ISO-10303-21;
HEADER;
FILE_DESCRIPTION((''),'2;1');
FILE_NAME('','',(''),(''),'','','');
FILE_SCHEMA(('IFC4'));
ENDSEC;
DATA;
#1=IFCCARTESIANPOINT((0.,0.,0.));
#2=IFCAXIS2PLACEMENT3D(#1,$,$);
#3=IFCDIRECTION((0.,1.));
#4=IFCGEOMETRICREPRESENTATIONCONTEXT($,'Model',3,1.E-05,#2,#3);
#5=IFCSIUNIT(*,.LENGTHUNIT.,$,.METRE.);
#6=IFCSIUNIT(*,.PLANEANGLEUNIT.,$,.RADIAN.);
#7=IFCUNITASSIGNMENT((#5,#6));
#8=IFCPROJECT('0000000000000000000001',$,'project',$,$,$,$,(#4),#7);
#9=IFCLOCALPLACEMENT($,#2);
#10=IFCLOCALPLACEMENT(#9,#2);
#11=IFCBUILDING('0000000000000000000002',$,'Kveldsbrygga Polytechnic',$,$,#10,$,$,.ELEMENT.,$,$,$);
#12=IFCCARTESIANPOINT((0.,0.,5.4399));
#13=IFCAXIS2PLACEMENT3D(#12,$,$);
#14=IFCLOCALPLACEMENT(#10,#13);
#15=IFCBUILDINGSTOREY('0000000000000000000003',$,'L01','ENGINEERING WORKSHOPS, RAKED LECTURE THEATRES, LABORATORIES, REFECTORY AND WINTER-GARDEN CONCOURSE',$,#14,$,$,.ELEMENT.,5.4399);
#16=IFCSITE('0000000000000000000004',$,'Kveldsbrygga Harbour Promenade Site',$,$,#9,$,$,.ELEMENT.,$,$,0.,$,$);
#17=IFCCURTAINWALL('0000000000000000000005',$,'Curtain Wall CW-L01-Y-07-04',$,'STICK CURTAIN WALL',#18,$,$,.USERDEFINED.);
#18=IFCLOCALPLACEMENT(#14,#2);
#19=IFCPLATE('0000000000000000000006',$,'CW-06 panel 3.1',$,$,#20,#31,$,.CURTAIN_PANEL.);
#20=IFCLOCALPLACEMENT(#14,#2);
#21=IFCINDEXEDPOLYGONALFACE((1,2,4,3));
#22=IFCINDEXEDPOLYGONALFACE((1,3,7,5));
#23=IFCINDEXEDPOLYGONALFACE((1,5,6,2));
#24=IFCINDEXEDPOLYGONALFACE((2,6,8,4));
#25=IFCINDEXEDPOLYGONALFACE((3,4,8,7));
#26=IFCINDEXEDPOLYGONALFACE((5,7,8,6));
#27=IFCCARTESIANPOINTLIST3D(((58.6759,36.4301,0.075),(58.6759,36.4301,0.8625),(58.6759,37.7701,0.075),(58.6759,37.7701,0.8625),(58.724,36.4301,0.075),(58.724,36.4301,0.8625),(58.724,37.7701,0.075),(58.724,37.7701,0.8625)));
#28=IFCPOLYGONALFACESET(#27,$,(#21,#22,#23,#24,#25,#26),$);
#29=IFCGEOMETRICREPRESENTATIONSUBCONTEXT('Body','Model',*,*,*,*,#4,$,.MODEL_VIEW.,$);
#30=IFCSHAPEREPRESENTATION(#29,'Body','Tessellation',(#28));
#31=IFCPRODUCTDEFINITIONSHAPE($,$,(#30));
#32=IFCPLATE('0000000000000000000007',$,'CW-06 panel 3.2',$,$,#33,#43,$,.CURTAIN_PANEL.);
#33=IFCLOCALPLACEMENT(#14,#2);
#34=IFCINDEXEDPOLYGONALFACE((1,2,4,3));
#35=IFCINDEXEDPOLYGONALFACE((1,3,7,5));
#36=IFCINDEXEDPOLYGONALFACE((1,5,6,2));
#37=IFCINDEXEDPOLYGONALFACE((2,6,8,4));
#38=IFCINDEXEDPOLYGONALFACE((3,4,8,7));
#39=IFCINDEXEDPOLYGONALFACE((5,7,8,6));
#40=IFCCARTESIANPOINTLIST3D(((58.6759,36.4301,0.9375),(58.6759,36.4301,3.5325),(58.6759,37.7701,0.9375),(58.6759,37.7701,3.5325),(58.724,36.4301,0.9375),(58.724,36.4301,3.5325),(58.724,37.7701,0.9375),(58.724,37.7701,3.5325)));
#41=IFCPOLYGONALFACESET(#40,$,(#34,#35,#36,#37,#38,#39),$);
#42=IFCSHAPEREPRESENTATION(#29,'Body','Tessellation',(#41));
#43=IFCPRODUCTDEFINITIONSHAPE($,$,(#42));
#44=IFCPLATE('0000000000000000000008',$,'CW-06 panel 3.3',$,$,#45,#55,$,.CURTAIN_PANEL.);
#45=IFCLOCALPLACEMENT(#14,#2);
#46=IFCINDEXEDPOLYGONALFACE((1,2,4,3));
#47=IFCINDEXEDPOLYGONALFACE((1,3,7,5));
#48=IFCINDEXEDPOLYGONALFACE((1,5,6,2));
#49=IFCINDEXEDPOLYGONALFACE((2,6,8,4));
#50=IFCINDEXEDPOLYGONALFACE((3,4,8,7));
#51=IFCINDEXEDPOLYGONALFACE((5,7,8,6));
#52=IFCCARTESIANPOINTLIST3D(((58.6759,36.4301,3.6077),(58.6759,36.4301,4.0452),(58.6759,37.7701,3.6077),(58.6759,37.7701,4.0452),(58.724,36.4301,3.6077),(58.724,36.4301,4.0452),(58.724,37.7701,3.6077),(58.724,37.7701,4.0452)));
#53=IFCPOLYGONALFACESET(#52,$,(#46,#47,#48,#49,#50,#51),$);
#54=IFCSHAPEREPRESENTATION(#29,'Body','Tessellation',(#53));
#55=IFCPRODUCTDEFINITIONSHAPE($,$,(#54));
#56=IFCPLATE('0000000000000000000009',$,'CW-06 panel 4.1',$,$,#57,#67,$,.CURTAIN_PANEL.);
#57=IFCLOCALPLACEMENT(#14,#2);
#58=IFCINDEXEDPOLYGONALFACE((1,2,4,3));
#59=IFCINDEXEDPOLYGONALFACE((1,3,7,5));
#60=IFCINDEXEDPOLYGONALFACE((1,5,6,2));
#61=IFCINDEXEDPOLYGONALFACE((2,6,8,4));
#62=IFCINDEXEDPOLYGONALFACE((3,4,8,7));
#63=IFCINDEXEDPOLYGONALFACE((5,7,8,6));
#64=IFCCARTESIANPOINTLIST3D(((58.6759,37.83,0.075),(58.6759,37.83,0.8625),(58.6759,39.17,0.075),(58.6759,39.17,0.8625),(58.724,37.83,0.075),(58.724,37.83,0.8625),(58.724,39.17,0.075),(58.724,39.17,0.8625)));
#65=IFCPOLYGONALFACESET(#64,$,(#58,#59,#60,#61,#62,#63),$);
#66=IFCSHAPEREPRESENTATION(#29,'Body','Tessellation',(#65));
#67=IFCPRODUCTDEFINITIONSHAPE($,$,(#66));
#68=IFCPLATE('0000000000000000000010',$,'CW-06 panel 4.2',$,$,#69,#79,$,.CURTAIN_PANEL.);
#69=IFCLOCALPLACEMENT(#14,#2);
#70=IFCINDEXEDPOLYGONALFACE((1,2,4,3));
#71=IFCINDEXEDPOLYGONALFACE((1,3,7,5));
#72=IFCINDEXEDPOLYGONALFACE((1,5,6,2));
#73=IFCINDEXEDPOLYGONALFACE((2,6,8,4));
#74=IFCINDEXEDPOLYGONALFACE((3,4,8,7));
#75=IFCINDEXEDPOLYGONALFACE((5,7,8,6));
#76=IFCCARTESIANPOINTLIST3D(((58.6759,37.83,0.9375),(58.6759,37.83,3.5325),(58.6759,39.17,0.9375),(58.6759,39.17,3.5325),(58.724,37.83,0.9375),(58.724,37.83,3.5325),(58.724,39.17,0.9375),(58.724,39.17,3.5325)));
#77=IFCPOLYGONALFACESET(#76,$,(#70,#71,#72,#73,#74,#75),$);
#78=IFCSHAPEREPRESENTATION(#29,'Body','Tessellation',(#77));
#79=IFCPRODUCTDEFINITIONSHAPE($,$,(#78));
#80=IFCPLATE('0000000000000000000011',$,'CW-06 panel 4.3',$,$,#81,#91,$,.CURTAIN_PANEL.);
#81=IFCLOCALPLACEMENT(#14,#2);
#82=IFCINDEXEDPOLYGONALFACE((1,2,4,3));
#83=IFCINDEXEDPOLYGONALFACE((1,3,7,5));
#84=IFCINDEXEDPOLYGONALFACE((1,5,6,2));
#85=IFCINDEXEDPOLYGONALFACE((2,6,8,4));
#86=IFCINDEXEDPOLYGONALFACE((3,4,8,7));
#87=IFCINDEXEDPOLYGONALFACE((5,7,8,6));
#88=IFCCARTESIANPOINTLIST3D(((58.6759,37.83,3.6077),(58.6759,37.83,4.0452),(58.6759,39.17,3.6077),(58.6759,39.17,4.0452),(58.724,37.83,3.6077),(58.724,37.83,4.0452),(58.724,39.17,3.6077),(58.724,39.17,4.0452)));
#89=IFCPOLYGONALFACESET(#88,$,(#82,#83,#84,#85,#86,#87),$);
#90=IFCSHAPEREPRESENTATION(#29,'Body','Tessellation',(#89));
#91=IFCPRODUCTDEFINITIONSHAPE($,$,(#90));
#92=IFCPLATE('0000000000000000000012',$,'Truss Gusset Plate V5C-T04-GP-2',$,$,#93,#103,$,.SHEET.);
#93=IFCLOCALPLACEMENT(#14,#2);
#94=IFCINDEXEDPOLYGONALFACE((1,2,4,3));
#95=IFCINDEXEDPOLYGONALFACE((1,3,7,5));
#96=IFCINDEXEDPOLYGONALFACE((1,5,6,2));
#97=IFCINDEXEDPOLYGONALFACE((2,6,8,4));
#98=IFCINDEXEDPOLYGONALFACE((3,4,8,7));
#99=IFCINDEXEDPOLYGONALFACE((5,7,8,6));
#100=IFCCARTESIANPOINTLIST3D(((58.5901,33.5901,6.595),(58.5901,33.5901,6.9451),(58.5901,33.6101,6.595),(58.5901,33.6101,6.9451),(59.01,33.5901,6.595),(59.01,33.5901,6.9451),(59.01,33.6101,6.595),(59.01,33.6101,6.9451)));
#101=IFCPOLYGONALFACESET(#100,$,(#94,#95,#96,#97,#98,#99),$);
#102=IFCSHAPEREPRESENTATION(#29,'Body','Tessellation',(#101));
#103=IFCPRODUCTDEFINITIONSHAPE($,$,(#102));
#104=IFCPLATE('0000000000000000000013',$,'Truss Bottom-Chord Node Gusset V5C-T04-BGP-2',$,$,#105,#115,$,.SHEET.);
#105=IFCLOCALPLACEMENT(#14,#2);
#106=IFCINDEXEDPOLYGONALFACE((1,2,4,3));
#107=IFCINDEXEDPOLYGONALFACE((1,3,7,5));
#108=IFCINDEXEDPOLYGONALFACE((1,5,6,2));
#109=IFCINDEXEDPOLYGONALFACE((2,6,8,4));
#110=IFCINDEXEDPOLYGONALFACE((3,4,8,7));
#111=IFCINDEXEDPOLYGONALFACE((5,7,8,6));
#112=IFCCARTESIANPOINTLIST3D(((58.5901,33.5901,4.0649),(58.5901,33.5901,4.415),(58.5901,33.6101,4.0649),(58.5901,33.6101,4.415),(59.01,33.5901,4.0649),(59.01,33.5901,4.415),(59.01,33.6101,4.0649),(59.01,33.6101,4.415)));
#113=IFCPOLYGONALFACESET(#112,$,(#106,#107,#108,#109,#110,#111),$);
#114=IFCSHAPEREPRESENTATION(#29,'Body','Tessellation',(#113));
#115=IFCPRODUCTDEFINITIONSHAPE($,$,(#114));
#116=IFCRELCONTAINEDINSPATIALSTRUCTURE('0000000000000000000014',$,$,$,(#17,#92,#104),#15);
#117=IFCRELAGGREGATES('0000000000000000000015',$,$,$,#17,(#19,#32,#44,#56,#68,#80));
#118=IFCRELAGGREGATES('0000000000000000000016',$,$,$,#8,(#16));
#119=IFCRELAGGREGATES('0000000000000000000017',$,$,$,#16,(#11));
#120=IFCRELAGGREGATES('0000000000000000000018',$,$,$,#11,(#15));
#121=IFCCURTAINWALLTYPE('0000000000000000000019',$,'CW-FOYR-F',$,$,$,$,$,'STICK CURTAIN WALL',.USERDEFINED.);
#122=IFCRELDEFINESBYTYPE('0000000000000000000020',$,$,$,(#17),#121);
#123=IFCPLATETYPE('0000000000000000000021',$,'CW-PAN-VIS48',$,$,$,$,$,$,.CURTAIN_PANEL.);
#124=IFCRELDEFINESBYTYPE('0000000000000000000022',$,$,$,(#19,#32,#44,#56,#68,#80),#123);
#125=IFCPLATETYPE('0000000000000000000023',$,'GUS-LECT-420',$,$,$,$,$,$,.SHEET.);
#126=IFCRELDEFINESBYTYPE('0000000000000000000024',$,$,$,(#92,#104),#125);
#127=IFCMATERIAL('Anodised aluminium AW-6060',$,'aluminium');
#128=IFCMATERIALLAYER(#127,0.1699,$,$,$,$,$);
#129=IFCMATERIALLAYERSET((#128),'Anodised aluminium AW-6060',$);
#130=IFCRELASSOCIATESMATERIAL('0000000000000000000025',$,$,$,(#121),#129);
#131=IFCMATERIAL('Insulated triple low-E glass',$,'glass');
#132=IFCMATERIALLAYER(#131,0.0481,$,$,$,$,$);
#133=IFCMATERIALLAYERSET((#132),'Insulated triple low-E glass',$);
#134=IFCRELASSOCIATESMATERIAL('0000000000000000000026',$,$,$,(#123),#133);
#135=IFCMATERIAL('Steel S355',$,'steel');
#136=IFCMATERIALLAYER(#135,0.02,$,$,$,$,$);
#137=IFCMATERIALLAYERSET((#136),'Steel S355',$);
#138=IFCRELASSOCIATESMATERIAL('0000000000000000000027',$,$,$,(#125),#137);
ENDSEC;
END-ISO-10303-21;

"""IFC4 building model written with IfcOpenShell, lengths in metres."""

from ifc_helpers import new_model, si_unit, direction, frame, origin, origin_2d, place, context, subcontext, project, spatial, rectangle, extrude, material, layer, layer_set, type_object, element, aggregate, save


model = new_model("IFC4")

# Units and contexts
model_context = context("Model", 3, precision=1e-05, world=origin(), true_north=direction((0.0, 1.0)))
body_context = subcontext(model_context, "Body", "Model", "MODEL_VIEW")
ifc_project = project(units=[si_unit("LENGTHUNIT", "METRE"), si_unit("PLANEANGLEUNIT", "RADIAN")], contexts=[model_context])

# Site, building, storey
site_placement = place(None, origin())
site = spatial("IfcSite", under=ifc_project, at=site_placement, Name="Kveldsbrygga Harbour Promenade Site", CompositionType="ELEMENT", RefElevation=0.0)
building_placement = place(site_placement, origin())
building = spatial("IfcBuilding", under=site, at=building_placement, Name="Kveldsbrygga Polytechnic", CompositionType="ELEMENT")
storey_placement = place(building_placement, frame((0.0, 0.0, 5.4399)))
storey = spatial("IfcBuildingStorey", under=building, at=storey_placement, Name="L01", Description="ENGINEERING WORKSHOPS, RAKED LECTURE THEATRES, LABORATORIES, REFECTORY AND WINTER-GARDEN CONCOURSE", CompositionType="ELEMENT", Elevation=5.4399)

# Curtain wall
ifc_material_1 = material(Name="Anodised aluminium AW-6060", Category="aluminium")
ifc_layer_1 = layer(ifc_material_1, 0.1699)
ifc_layer_set_1 = layer_set([ifc_layer_1], Name="Anodised aluminium AW-6060")
curtain_wall_type = type_object("IfcCurtainWallType", Name="CW-FOYR-F", ElementType="STICK CURTAIN WALL", PredefinedType="USERDEFINED", material=ifc_layer_set_1)
curtain_wall_placement = place(storey_placement, origin())
curtain_wall = element("IfcCurtainWall", 1, at=curtain_wall_placement, inside=storey, type_object=curtain_wall_type, Name="Curtain Wall CW-L01-Y-07-04", ObjectType="STICK CURTAIN WALL", PredefinedType="USERDEFINED")

# Shared definitions
ifc_material_2 = material(Name="Steel S355", Category="steel")

# Plates
ifc_material_3 = material(Name="Insulated triple low-E glass", Category="glass")
ifc_layer_2 = layer(ifc_material_3, 0.0481)
ifc_layer_set_2 = layer_set([ifc_layer_2], Name="Insulated triple low-E glass")
plate_type_1 = type_object("IfcPlateType", Name="CW-PAN-VIS48", PredefinedType="CURTAIN_PANEL", material=ifc_layer_set_2)
plate_1_placement = place(storey_placement, frame((58.7, 37.1001, 0.075), z_axis=(0.0, 0.0, 1.0), x_axis=(0.0, 1.0, 0.0)))
plate_1 = element("IfcPlate", 2, at=plate_1_placement, type_object=plate_type_1, Name="CW-06 panel 3.1", PredefinedType="CURTAIN_PANEL", context=body_context, shape_type="SweptSolid", body=[
    extrude(rectangle(XDim=1.3401, YDim=0.0481, at=origin_2d()), origin(), (0.0, 0.0, 1.0), 0.7876),
])
plate_2_placement = place(storey_placement, frame((58.7, 37.1001, 0.9375), z_axis=(0.0, 0.0, 1.0), x_axis=(0.0, 1.0, 0.0)))
plate_2 = element("IfcPlate", 3, at=plate_2_placement, type_object=plate_type_1, Name="CW-06 panel 3.2", PredefinedType="CURTAIN_PANEL", context=body_context, shape_type="SweptSolid", body=[
    extrude(rectangle(XDim=1.3401, YDim=0.0481, at=origin_2d()), origin(), (0.0, 0.0, 1.0), 2.595),
])
plate_3_placement = place(storey_placement, frame((58.7, 37.1001, 3.6077), z_axis=(0.0, 0.0, 1.0), x_axis=(0.0, 1.0, 0.0)))
plate_3 = element("IfcPlate", 4, at=plate_3_placement, type_object=plate_type_1, Name="CW-06 panel 3.3", PredefinedType="CURTAIN_PANEL", context=body_context, shape_type="SweptSolid", body=[
    extrude(rectangle(XDim=1.3401, YDim=0.0481, at=origin_2d()), origin(), (0.0, 0.0, 1.0), 0.4375),
])
plate_4_placement = place(storey_placement, frame((58.7, 38.5, 0.075), z_axis=(0.0, 0.0, 1.0), x_axis=(0.0, 1.0, 0.0)))
plate_4 = element("IfcPlate", 5, at=plate_4_placement, type_object=plate_type_1, Name="CW-06 panel 4.1", PredefinedType="CURTAIN_PANEL", context=body_context, shape_type="SweptSolid", body=[
    extrude(rectangle(XDim=1.3401, YDim=0.0481, at=origin_2d()), origin(), (0.0, 0.0, 1.0), 0.7876),
])
plate_5_placement = place(storey_placement, frame((58.7, 38.5, 0.9375), z_axis=(0.0, 0.0, 1.0), x_axis=(0.0, 1.0, 0.0)))
plate_5 = element("IfcPlate", 6, at=plate_5_placement, type_object=plate_type_1, Name="CW-06 panel 4.2", PredefinedType="CURTAIN_PANEL", context=body_context, shape_type="SweptSolid", body=[
    extrude(rectangle(XDim=1.3401, YDim=0.0481, at=origin_2d()), origin(), (0.0, 0.0, 1.0), 2.595),
])
plate_6_placement = place(storey_placement, frame((58.7, 38.5, 3.6077), z_axis=(0.0, 0.0, 1.0), x_axis=(0.0, 1.0, 0.0)))
plate_6 = element("IfcPlate", 7, at=plate_6_placement, type_object=plate_type_1, Name="CW-06 panel 4.3", PredefinedType="CURTAIN_PANEL", context=body_context, shape_type="SweptSolid", body=[
    extrude(rectangle(XDim=1.3401, YDim=0.0481, at=origin_2d()), origin(), (0.0, 0.0, 1.0), 0.4375),
])
aggregate(curtain_wall, [plate_1, plate_2, plate_3, plate_4, plate_5, plate_6])

# Plates
ifc_layer_3 = layer(ifc_material_2, 0.02)
ifc_layer_set_3 = layer_set([ifc_layer_3], Name="Steel S355")
plate_type_2 = type_object("IfcPlateType", Name="GUS-LECT-420", PredefinedType="SHEET", material=ifc_layer_set_3)
for number, where, z_axis, x_axis, name in (
    (8, (58.8, 33.6001, 6.595), (0.0, 0.0, 1.0), (1.0, 0.0, 0.0), "Truss Gusset Plate V5C-T04-GP-2"),
    (9, (58.8, 33.6001, 4.0649), (0.0, 0.0, 1.0), (1.0, 0.0, 0.0), "Truss Bottom-Chord Node Gusset V5C-T04-BGP-2"),
):
    element("IfcPlate", number, at=place(storey_placement, frame(where, z_axis=z_axis, x_axis=x_axis)), inside=storey, type_object=plate_type_2, Name=name, PredefinedType="SHEET", context=body_context, shape_type="SweptSolid", body=[
        extrude(rectangle(XDim=0.4199, YDim=0.02, at=origin_2d()), origin(), (0.0, 0.0, 1.0), 0.3501),
    ])

save(model, "model.ifc")
